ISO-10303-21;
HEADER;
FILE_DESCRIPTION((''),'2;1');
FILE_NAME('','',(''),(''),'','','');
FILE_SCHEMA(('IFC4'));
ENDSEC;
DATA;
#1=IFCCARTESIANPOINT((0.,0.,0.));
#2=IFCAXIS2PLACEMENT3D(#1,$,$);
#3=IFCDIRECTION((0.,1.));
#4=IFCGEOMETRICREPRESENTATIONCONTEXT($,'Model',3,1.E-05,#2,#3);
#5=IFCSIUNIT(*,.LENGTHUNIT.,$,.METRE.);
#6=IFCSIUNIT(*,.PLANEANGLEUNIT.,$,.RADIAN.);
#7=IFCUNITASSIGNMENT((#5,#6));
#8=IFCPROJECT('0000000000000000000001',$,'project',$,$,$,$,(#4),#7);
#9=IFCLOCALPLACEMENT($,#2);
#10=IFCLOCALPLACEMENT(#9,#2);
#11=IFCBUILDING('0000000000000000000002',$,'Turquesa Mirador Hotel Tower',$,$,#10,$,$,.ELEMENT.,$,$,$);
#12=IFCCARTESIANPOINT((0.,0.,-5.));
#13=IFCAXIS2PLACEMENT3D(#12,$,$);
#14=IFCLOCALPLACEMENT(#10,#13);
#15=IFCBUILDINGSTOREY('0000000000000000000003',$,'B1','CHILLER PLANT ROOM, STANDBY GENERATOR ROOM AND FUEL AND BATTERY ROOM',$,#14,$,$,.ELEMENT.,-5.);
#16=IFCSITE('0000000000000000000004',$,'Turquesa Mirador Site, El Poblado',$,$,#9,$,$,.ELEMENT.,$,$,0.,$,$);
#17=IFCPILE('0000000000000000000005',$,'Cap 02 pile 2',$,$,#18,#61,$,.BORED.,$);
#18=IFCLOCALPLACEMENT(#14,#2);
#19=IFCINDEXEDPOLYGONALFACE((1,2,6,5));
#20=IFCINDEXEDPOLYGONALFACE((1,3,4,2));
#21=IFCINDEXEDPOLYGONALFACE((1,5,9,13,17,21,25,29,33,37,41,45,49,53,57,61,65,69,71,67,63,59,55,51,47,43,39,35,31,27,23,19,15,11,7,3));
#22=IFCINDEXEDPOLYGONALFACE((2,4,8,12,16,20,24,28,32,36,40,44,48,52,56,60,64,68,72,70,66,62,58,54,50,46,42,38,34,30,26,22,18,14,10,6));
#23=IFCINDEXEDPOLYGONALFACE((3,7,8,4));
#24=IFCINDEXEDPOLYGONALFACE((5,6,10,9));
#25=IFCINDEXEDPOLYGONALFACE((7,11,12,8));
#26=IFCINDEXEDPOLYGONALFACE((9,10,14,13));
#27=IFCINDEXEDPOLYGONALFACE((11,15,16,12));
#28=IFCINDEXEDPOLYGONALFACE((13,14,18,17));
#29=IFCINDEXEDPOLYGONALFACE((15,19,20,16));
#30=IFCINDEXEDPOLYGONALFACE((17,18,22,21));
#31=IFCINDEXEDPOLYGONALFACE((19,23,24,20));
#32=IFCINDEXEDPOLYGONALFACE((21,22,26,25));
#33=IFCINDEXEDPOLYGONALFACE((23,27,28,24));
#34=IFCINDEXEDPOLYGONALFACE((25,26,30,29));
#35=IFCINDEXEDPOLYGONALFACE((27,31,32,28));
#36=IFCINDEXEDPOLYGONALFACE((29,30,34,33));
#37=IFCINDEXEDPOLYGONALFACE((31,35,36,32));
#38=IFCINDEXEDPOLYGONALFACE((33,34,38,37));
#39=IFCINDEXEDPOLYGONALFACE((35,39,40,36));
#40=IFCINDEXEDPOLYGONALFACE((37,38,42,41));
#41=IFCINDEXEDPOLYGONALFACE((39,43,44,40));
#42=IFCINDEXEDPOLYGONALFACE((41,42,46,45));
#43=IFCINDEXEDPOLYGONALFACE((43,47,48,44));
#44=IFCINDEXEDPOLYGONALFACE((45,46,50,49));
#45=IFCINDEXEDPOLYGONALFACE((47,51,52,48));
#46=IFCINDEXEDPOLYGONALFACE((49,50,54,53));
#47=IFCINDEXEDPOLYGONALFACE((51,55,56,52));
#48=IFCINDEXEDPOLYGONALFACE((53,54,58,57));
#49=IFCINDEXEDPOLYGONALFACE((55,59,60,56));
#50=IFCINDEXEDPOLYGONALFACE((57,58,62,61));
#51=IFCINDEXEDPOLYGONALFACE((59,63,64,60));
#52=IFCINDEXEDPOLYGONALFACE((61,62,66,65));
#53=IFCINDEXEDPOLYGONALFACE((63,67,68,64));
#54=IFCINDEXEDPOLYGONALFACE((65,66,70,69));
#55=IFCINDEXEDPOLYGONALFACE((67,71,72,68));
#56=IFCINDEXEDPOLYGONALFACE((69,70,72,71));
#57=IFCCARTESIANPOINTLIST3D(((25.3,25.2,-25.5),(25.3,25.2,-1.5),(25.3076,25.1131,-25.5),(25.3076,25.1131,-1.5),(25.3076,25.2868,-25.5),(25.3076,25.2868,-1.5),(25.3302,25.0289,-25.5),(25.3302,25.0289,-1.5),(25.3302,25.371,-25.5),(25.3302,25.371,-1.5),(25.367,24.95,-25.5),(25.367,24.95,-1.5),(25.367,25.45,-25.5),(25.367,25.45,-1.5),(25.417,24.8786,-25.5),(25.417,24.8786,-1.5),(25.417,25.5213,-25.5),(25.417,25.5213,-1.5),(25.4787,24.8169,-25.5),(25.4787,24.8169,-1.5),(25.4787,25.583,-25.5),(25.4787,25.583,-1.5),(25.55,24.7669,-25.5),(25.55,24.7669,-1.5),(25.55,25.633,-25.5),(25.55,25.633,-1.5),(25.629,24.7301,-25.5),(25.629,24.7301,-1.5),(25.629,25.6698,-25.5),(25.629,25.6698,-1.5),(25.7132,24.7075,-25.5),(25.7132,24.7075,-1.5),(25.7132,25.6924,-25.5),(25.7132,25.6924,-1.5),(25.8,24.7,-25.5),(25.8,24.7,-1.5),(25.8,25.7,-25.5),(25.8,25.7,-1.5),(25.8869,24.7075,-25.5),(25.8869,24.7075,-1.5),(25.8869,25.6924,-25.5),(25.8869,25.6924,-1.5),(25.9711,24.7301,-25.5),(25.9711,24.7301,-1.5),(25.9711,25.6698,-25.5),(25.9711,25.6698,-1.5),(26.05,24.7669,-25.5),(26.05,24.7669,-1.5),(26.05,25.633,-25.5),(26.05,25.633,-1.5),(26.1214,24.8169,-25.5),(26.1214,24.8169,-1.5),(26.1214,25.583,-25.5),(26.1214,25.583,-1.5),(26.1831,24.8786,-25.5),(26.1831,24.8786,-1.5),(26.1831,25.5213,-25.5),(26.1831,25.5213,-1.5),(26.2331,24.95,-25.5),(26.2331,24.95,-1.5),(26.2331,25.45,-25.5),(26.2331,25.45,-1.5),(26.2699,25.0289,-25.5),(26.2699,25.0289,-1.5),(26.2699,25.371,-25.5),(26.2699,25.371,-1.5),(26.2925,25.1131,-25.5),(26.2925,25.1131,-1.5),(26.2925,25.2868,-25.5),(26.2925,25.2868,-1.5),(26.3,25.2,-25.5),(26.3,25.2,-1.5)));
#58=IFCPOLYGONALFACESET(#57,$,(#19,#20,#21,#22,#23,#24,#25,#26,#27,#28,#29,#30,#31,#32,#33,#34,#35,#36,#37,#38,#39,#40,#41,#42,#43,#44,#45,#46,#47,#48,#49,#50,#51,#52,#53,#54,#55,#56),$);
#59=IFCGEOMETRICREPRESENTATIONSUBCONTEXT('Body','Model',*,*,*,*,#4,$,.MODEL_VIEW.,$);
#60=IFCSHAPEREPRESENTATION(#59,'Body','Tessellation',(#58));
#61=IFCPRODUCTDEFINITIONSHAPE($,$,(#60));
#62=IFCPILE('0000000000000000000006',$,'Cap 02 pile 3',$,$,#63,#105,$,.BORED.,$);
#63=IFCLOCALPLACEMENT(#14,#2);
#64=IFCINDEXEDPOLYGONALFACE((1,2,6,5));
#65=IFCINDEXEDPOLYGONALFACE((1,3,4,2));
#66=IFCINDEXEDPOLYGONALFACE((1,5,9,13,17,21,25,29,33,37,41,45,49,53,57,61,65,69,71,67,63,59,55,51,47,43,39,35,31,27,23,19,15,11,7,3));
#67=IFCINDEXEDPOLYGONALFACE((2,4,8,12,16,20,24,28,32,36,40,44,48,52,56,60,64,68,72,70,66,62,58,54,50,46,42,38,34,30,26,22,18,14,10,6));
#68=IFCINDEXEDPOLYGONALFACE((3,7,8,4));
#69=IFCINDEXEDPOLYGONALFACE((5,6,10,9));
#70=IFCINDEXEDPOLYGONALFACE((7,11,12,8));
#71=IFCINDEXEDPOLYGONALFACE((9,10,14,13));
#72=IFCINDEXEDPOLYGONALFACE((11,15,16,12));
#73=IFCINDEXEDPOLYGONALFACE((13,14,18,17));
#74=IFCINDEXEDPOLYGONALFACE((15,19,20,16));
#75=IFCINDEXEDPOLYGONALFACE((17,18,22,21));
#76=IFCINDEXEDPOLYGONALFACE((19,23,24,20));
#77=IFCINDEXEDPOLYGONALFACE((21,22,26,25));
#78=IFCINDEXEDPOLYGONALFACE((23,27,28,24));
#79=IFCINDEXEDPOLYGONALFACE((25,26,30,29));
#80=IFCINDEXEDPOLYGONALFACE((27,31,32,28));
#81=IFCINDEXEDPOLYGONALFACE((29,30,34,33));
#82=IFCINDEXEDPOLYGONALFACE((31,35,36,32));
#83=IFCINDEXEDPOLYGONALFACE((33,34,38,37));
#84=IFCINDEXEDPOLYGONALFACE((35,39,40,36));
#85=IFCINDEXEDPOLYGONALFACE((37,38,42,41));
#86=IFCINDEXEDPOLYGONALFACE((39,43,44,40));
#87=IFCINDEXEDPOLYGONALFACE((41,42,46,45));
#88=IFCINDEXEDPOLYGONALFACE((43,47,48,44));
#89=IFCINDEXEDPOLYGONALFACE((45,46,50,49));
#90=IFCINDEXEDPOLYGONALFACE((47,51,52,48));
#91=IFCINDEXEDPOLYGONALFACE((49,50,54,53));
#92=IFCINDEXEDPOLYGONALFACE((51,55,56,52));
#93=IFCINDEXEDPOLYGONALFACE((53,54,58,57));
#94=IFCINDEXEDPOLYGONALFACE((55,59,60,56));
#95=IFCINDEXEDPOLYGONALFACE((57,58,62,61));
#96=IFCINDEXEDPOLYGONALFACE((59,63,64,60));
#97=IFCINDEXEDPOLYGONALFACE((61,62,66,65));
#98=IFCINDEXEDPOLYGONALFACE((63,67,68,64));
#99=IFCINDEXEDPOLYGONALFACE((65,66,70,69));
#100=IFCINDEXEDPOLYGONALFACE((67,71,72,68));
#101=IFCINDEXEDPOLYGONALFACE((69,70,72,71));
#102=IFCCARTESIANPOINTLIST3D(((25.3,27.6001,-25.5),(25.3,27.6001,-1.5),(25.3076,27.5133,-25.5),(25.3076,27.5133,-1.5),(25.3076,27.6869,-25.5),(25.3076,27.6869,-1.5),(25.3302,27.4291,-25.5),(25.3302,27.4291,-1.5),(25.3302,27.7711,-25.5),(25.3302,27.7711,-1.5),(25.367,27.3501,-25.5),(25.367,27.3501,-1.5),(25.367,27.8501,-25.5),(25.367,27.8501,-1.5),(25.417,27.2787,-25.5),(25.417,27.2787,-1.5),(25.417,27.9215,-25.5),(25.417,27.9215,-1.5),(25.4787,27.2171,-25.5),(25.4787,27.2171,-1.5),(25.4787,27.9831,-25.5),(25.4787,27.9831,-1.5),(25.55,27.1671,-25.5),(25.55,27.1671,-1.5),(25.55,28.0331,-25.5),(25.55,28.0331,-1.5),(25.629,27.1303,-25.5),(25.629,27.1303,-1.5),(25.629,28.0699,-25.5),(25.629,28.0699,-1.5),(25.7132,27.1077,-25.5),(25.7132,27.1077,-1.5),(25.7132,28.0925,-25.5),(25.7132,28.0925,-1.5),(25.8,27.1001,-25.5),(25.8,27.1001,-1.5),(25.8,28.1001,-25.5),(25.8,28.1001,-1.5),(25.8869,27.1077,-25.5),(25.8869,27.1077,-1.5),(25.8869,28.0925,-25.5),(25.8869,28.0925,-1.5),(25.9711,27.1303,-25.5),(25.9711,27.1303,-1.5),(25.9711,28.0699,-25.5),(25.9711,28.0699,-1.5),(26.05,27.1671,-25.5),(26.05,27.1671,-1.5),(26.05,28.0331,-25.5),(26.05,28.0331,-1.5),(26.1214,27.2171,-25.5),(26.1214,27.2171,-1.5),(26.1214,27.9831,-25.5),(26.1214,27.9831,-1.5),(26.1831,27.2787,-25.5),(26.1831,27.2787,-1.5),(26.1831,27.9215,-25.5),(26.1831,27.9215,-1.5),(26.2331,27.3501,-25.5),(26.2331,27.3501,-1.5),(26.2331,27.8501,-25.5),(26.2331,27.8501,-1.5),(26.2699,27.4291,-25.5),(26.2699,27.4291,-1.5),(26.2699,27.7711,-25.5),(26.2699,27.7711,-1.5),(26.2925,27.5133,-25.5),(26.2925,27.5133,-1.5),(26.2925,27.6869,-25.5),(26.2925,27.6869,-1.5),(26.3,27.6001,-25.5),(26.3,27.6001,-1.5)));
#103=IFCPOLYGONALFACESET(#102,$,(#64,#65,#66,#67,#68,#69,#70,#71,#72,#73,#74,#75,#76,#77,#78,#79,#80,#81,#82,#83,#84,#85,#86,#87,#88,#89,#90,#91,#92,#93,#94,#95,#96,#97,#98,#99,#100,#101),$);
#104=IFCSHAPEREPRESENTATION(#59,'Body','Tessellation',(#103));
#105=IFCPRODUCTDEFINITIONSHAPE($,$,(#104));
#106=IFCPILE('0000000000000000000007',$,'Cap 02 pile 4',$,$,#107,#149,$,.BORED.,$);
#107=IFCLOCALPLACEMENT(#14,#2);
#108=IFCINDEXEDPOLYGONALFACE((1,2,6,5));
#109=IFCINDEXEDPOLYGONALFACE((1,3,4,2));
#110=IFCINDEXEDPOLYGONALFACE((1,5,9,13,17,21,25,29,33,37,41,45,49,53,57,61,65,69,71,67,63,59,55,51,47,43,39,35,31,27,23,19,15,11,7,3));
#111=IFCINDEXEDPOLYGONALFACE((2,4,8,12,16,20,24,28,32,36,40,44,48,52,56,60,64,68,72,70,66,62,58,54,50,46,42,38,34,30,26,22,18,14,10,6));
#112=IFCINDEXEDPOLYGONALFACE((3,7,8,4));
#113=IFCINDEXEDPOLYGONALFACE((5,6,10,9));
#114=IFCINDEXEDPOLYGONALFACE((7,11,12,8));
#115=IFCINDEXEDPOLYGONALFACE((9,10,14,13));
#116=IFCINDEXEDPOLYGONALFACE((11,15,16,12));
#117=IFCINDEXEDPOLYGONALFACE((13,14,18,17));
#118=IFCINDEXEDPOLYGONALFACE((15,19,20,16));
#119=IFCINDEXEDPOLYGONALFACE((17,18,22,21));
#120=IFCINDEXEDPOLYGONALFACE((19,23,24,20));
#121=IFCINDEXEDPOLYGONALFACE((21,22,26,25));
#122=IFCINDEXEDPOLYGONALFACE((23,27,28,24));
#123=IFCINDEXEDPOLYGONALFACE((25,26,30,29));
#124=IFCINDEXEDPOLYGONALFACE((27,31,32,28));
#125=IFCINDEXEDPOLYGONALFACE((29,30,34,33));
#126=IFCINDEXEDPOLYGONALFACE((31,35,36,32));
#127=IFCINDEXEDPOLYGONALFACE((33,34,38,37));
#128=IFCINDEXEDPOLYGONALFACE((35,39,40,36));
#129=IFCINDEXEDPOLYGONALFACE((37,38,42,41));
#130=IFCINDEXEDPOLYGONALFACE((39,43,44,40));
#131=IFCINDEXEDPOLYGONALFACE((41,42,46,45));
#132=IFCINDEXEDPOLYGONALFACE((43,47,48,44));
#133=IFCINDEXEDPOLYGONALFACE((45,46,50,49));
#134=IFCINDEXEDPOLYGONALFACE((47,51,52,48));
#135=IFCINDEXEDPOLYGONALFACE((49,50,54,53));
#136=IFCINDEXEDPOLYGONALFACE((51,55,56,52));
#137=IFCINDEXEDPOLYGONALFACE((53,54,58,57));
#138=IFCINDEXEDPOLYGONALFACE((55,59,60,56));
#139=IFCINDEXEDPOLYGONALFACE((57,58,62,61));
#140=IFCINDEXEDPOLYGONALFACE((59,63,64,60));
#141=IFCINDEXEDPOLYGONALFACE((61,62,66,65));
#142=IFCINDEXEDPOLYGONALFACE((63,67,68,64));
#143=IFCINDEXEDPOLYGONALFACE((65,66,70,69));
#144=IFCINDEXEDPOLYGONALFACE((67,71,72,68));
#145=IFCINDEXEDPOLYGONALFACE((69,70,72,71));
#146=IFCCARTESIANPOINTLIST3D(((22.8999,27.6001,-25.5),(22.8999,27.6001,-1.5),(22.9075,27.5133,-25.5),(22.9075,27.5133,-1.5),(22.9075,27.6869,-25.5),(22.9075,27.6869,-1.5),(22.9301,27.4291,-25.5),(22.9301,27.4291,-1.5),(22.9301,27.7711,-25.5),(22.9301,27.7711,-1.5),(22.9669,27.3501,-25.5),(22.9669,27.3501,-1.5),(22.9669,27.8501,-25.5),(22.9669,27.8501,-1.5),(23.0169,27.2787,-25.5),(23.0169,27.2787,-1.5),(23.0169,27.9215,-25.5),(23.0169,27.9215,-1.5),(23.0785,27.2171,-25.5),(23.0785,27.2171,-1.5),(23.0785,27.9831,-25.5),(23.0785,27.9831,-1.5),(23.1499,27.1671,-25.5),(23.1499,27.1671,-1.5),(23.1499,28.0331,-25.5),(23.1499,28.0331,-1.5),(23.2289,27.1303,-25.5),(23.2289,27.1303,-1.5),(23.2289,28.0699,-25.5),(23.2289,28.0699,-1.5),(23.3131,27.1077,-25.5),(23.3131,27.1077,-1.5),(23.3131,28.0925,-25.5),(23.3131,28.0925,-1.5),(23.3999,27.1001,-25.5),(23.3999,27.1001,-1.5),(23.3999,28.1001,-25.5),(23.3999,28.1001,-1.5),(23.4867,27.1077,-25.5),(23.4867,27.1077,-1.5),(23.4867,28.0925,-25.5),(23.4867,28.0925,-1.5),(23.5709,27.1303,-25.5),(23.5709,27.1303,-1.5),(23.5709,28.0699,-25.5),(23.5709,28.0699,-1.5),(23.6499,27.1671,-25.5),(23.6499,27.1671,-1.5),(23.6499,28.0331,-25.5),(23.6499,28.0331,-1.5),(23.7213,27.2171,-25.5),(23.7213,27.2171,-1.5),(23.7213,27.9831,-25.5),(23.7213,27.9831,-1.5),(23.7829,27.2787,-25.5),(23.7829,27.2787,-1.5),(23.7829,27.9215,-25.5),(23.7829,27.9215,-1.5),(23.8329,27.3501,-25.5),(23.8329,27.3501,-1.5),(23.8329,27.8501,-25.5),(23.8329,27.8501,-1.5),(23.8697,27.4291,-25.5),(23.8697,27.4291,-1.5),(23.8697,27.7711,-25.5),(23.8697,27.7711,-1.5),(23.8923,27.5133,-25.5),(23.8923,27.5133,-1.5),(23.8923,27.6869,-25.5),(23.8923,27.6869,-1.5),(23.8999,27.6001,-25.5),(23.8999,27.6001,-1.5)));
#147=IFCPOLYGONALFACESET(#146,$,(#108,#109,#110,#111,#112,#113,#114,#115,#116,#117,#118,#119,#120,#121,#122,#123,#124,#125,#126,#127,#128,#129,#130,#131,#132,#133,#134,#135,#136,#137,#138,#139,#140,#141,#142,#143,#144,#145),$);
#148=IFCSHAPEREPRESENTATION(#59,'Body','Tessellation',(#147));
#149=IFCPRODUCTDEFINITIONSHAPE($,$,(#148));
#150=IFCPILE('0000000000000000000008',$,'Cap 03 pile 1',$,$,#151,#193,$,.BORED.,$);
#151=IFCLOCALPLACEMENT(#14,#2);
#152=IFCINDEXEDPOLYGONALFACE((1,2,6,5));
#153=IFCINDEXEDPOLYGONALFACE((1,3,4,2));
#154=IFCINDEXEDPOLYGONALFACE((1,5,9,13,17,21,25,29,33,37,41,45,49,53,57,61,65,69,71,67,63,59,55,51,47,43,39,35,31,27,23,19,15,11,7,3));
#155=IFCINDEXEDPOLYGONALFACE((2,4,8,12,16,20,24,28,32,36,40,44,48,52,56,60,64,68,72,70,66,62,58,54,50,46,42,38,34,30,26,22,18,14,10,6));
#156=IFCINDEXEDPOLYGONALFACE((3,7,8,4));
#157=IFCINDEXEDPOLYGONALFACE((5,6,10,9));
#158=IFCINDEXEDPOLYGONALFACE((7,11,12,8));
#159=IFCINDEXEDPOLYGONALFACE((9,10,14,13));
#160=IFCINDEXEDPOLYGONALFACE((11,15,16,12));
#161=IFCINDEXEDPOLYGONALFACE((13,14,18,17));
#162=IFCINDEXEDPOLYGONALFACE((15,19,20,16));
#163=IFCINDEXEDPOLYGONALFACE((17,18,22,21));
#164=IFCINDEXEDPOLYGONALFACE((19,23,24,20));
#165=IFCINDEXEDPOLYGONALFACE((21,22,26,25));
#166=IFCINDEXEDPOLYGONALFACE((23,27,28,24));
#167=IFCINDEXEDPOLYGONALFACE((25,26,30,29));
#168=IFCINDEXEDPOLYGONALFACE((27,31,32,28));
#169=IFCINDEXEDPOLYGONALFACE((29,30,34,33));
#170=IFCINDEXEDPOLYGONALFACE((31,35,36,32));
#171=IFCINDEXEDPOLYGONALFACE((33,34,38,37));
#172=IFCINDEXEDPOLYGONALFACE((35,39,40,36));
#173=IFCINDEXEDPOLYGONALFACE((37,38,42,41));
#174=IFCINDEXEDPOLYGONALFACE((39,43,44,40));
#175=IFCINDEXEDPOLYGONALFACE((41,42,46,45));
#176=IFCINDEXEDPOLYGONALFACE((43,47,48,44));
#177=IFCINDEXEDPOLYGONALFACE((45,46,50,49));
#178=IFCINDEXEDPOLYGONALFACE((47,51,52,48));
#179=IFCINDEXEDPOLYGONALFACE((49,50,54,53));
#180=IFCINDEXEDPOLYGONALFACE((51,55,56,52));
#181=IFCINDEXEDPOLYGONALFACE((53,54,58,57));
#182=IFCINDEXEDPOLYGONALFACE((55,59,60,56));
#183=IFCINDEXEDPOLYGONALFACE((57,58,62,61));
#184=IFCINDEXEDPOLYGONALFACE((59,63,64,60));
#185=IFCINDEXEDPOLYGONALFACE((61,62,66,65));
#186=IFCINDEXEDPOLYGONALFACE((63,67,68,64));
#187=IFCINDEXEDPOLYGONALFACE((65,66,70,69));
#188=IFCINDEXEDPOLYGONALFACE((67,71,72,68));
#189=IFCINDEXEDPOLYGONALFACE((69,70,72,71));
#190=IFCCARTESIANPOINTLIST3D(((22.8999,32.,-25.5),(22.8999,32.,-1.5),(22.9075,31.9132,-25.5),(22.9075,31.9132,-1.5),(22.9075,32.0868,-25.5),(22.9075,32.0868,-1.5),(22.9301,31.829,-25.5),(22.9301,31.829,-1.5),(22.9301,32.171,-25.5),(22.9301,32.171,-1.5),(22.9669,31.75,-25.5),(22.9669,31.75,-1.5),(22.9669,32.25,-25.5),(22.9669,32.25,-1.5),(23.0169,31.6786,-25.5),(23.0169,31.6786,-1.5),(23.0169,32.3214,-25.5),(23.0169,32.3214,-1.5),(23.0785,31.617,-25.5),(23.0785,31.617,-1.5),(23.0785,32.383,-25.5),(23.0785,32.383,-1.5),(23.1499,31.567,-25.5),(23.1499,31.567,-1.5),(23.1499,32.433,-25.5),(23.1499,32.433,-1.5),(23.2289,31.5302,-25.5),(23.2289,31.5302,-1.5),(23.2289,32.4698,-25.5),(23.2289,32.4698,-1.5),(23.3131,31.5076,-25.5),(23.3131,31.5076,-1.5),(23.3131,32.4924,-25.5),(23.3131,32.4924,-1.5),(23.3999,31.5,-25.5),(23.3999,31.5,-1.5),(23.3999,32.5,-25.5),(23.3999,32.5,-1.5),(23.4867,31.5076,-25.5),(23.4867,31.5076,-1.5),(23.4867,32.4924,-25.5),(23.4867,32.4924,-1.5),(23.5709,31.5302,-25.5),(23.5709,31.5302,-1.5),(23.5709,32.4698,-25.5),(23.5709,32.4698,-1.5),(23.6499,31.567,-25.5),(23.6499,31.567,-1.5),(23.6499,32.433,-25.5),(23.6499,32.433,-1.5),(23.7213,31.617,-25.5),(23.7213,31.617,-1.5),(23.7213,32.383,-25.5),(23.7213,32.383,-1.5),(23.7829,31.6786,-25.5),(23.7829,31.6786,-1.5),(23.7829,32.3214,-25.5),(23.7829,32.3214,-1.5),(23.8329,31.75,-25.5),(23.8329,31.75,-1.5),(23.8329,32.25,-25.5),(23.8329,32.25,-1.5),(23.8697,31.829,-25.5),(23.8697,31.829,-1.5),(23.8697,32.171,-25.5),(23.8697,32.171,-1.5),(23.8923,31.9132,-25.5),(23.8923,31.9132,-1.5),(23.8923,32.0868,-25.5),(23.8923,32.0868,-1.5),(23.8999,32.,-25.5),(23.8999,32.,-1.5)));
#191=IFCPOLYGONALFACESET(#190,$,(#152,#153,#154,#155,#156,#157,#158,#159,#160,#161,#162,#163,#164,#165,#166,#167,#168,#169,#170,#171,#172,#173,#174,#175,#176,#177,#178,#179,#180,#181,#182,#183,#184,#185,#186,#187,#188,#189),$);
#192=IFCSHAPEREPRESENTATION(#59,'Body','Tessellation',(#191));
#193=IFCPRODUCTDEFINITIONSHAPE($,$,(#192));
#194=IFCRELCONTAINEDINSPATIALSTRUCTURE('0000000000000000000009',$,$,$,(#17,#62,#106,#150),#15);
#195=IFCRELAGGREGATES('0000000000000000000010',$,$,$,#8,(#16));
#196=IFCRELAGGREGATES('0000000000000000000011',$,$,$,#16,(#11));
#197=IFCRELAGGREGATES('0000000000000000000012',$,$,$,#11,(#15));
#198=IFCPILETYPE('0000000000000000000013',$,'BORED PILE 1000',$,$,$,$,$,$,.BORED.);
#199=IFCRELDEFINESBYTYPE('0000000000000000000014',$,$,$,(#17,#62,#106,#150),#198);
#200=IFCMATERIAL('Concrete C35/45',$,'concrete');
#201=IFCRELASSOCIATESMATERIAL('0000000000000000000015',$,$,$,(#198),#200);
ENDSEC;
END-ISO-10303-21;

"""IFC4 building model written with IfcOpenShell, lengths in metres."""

from ifc_helpers import new_model, si_unit, direction, frame, origin, origin_2d, place, context, subcontext, project, spatial, circle, extrude, material, type_object, element, save


model = new_model("IFC4")

# Units and contexts
model_context = context("Model", 3, precision=1e-05, world=origin(), true_north=direction((0.0, 1.0)))
body_context = subcontext(model_context, "Body", "Model", "MODEL_VIEW")
ifc_project = project(units=[si_unit("LENGTHUNIT", "METRE"), si_unit("PLANEANGLEUNIT", "RADIAN")], contexts=[model_context])

# Site, building, storey
site_placement = place(None, origin())
site = spatial("IfcSite", under=ifc_project, at=site_placement, Name="Turquesa Mirador Site, El Poblado", CompositionType="ELEMENT", RefElevation=0.0)
building_placement = place(site_placement, origin())
building = spatial("IfcBuilding", under=site, at=building_placement, Name="Turquesa Mirador Hotel Tower", CompositionType="ELEMENT")
storey_placement = place(building_placement, frame((0.0, 0.0, -5.0)))
storey = spatial("IfcBuildingStorey", under=building, at=storey_placement, Name="B1", Description="CHILLER PLANT ROOM, STANDBY GENERATOR ROOM AND FUEL AND BATTERY ROOM", CompositionType="ELEMENT", Elevation=-5.0)

# Piles
ifc_material_1 = material(Name="Concrete C35/45", Category="concrete")
pile_type_1 = type_object("IfcPileType", Name="BORED PILE 1000", PredefinedType="BORED", material=ifc_material_1)
for number, where, z_axis, x_axis, name in (
    (1, (25.8, 25.2, -1.5), (0.0, 0.0, -1.0), (1.0, 0.0, 0.0), "Cap 02 pile 2"),
    (2, (25.8, 27.6001, -1.5), (0.0, 0.0, -1.0), (1.0, 0.0, 0.0), "Cap 02 pile 3"),
    (3, (23.3999, 27.6001, -1.5), (0.0, 0.0, -1.0), (1.0, 0.0, 0.0), "Cap 02 pile 4"),
    (4, (23.3999, 32.0, -1.5), (0.0, 0.0, -1.0), (1.0, 0.0, 0.0), "Cap 03 pile 1"),
):
    element("IfcPile", number, at=place(storey_placement, frame(where, z_axis=z_axis, x_axis=x_axis)), inside=storey, type_object=pile_type_1, Name=name, PredefinedType="BORED", context=body_context, shape_type="SweptSolid", body=[
        extrude(circle(Radius=0.5, at=origin_2d()), origin(), (0.0, 0.0, 1.0), 24.0),
    ])

save(model, "model.ifc")
